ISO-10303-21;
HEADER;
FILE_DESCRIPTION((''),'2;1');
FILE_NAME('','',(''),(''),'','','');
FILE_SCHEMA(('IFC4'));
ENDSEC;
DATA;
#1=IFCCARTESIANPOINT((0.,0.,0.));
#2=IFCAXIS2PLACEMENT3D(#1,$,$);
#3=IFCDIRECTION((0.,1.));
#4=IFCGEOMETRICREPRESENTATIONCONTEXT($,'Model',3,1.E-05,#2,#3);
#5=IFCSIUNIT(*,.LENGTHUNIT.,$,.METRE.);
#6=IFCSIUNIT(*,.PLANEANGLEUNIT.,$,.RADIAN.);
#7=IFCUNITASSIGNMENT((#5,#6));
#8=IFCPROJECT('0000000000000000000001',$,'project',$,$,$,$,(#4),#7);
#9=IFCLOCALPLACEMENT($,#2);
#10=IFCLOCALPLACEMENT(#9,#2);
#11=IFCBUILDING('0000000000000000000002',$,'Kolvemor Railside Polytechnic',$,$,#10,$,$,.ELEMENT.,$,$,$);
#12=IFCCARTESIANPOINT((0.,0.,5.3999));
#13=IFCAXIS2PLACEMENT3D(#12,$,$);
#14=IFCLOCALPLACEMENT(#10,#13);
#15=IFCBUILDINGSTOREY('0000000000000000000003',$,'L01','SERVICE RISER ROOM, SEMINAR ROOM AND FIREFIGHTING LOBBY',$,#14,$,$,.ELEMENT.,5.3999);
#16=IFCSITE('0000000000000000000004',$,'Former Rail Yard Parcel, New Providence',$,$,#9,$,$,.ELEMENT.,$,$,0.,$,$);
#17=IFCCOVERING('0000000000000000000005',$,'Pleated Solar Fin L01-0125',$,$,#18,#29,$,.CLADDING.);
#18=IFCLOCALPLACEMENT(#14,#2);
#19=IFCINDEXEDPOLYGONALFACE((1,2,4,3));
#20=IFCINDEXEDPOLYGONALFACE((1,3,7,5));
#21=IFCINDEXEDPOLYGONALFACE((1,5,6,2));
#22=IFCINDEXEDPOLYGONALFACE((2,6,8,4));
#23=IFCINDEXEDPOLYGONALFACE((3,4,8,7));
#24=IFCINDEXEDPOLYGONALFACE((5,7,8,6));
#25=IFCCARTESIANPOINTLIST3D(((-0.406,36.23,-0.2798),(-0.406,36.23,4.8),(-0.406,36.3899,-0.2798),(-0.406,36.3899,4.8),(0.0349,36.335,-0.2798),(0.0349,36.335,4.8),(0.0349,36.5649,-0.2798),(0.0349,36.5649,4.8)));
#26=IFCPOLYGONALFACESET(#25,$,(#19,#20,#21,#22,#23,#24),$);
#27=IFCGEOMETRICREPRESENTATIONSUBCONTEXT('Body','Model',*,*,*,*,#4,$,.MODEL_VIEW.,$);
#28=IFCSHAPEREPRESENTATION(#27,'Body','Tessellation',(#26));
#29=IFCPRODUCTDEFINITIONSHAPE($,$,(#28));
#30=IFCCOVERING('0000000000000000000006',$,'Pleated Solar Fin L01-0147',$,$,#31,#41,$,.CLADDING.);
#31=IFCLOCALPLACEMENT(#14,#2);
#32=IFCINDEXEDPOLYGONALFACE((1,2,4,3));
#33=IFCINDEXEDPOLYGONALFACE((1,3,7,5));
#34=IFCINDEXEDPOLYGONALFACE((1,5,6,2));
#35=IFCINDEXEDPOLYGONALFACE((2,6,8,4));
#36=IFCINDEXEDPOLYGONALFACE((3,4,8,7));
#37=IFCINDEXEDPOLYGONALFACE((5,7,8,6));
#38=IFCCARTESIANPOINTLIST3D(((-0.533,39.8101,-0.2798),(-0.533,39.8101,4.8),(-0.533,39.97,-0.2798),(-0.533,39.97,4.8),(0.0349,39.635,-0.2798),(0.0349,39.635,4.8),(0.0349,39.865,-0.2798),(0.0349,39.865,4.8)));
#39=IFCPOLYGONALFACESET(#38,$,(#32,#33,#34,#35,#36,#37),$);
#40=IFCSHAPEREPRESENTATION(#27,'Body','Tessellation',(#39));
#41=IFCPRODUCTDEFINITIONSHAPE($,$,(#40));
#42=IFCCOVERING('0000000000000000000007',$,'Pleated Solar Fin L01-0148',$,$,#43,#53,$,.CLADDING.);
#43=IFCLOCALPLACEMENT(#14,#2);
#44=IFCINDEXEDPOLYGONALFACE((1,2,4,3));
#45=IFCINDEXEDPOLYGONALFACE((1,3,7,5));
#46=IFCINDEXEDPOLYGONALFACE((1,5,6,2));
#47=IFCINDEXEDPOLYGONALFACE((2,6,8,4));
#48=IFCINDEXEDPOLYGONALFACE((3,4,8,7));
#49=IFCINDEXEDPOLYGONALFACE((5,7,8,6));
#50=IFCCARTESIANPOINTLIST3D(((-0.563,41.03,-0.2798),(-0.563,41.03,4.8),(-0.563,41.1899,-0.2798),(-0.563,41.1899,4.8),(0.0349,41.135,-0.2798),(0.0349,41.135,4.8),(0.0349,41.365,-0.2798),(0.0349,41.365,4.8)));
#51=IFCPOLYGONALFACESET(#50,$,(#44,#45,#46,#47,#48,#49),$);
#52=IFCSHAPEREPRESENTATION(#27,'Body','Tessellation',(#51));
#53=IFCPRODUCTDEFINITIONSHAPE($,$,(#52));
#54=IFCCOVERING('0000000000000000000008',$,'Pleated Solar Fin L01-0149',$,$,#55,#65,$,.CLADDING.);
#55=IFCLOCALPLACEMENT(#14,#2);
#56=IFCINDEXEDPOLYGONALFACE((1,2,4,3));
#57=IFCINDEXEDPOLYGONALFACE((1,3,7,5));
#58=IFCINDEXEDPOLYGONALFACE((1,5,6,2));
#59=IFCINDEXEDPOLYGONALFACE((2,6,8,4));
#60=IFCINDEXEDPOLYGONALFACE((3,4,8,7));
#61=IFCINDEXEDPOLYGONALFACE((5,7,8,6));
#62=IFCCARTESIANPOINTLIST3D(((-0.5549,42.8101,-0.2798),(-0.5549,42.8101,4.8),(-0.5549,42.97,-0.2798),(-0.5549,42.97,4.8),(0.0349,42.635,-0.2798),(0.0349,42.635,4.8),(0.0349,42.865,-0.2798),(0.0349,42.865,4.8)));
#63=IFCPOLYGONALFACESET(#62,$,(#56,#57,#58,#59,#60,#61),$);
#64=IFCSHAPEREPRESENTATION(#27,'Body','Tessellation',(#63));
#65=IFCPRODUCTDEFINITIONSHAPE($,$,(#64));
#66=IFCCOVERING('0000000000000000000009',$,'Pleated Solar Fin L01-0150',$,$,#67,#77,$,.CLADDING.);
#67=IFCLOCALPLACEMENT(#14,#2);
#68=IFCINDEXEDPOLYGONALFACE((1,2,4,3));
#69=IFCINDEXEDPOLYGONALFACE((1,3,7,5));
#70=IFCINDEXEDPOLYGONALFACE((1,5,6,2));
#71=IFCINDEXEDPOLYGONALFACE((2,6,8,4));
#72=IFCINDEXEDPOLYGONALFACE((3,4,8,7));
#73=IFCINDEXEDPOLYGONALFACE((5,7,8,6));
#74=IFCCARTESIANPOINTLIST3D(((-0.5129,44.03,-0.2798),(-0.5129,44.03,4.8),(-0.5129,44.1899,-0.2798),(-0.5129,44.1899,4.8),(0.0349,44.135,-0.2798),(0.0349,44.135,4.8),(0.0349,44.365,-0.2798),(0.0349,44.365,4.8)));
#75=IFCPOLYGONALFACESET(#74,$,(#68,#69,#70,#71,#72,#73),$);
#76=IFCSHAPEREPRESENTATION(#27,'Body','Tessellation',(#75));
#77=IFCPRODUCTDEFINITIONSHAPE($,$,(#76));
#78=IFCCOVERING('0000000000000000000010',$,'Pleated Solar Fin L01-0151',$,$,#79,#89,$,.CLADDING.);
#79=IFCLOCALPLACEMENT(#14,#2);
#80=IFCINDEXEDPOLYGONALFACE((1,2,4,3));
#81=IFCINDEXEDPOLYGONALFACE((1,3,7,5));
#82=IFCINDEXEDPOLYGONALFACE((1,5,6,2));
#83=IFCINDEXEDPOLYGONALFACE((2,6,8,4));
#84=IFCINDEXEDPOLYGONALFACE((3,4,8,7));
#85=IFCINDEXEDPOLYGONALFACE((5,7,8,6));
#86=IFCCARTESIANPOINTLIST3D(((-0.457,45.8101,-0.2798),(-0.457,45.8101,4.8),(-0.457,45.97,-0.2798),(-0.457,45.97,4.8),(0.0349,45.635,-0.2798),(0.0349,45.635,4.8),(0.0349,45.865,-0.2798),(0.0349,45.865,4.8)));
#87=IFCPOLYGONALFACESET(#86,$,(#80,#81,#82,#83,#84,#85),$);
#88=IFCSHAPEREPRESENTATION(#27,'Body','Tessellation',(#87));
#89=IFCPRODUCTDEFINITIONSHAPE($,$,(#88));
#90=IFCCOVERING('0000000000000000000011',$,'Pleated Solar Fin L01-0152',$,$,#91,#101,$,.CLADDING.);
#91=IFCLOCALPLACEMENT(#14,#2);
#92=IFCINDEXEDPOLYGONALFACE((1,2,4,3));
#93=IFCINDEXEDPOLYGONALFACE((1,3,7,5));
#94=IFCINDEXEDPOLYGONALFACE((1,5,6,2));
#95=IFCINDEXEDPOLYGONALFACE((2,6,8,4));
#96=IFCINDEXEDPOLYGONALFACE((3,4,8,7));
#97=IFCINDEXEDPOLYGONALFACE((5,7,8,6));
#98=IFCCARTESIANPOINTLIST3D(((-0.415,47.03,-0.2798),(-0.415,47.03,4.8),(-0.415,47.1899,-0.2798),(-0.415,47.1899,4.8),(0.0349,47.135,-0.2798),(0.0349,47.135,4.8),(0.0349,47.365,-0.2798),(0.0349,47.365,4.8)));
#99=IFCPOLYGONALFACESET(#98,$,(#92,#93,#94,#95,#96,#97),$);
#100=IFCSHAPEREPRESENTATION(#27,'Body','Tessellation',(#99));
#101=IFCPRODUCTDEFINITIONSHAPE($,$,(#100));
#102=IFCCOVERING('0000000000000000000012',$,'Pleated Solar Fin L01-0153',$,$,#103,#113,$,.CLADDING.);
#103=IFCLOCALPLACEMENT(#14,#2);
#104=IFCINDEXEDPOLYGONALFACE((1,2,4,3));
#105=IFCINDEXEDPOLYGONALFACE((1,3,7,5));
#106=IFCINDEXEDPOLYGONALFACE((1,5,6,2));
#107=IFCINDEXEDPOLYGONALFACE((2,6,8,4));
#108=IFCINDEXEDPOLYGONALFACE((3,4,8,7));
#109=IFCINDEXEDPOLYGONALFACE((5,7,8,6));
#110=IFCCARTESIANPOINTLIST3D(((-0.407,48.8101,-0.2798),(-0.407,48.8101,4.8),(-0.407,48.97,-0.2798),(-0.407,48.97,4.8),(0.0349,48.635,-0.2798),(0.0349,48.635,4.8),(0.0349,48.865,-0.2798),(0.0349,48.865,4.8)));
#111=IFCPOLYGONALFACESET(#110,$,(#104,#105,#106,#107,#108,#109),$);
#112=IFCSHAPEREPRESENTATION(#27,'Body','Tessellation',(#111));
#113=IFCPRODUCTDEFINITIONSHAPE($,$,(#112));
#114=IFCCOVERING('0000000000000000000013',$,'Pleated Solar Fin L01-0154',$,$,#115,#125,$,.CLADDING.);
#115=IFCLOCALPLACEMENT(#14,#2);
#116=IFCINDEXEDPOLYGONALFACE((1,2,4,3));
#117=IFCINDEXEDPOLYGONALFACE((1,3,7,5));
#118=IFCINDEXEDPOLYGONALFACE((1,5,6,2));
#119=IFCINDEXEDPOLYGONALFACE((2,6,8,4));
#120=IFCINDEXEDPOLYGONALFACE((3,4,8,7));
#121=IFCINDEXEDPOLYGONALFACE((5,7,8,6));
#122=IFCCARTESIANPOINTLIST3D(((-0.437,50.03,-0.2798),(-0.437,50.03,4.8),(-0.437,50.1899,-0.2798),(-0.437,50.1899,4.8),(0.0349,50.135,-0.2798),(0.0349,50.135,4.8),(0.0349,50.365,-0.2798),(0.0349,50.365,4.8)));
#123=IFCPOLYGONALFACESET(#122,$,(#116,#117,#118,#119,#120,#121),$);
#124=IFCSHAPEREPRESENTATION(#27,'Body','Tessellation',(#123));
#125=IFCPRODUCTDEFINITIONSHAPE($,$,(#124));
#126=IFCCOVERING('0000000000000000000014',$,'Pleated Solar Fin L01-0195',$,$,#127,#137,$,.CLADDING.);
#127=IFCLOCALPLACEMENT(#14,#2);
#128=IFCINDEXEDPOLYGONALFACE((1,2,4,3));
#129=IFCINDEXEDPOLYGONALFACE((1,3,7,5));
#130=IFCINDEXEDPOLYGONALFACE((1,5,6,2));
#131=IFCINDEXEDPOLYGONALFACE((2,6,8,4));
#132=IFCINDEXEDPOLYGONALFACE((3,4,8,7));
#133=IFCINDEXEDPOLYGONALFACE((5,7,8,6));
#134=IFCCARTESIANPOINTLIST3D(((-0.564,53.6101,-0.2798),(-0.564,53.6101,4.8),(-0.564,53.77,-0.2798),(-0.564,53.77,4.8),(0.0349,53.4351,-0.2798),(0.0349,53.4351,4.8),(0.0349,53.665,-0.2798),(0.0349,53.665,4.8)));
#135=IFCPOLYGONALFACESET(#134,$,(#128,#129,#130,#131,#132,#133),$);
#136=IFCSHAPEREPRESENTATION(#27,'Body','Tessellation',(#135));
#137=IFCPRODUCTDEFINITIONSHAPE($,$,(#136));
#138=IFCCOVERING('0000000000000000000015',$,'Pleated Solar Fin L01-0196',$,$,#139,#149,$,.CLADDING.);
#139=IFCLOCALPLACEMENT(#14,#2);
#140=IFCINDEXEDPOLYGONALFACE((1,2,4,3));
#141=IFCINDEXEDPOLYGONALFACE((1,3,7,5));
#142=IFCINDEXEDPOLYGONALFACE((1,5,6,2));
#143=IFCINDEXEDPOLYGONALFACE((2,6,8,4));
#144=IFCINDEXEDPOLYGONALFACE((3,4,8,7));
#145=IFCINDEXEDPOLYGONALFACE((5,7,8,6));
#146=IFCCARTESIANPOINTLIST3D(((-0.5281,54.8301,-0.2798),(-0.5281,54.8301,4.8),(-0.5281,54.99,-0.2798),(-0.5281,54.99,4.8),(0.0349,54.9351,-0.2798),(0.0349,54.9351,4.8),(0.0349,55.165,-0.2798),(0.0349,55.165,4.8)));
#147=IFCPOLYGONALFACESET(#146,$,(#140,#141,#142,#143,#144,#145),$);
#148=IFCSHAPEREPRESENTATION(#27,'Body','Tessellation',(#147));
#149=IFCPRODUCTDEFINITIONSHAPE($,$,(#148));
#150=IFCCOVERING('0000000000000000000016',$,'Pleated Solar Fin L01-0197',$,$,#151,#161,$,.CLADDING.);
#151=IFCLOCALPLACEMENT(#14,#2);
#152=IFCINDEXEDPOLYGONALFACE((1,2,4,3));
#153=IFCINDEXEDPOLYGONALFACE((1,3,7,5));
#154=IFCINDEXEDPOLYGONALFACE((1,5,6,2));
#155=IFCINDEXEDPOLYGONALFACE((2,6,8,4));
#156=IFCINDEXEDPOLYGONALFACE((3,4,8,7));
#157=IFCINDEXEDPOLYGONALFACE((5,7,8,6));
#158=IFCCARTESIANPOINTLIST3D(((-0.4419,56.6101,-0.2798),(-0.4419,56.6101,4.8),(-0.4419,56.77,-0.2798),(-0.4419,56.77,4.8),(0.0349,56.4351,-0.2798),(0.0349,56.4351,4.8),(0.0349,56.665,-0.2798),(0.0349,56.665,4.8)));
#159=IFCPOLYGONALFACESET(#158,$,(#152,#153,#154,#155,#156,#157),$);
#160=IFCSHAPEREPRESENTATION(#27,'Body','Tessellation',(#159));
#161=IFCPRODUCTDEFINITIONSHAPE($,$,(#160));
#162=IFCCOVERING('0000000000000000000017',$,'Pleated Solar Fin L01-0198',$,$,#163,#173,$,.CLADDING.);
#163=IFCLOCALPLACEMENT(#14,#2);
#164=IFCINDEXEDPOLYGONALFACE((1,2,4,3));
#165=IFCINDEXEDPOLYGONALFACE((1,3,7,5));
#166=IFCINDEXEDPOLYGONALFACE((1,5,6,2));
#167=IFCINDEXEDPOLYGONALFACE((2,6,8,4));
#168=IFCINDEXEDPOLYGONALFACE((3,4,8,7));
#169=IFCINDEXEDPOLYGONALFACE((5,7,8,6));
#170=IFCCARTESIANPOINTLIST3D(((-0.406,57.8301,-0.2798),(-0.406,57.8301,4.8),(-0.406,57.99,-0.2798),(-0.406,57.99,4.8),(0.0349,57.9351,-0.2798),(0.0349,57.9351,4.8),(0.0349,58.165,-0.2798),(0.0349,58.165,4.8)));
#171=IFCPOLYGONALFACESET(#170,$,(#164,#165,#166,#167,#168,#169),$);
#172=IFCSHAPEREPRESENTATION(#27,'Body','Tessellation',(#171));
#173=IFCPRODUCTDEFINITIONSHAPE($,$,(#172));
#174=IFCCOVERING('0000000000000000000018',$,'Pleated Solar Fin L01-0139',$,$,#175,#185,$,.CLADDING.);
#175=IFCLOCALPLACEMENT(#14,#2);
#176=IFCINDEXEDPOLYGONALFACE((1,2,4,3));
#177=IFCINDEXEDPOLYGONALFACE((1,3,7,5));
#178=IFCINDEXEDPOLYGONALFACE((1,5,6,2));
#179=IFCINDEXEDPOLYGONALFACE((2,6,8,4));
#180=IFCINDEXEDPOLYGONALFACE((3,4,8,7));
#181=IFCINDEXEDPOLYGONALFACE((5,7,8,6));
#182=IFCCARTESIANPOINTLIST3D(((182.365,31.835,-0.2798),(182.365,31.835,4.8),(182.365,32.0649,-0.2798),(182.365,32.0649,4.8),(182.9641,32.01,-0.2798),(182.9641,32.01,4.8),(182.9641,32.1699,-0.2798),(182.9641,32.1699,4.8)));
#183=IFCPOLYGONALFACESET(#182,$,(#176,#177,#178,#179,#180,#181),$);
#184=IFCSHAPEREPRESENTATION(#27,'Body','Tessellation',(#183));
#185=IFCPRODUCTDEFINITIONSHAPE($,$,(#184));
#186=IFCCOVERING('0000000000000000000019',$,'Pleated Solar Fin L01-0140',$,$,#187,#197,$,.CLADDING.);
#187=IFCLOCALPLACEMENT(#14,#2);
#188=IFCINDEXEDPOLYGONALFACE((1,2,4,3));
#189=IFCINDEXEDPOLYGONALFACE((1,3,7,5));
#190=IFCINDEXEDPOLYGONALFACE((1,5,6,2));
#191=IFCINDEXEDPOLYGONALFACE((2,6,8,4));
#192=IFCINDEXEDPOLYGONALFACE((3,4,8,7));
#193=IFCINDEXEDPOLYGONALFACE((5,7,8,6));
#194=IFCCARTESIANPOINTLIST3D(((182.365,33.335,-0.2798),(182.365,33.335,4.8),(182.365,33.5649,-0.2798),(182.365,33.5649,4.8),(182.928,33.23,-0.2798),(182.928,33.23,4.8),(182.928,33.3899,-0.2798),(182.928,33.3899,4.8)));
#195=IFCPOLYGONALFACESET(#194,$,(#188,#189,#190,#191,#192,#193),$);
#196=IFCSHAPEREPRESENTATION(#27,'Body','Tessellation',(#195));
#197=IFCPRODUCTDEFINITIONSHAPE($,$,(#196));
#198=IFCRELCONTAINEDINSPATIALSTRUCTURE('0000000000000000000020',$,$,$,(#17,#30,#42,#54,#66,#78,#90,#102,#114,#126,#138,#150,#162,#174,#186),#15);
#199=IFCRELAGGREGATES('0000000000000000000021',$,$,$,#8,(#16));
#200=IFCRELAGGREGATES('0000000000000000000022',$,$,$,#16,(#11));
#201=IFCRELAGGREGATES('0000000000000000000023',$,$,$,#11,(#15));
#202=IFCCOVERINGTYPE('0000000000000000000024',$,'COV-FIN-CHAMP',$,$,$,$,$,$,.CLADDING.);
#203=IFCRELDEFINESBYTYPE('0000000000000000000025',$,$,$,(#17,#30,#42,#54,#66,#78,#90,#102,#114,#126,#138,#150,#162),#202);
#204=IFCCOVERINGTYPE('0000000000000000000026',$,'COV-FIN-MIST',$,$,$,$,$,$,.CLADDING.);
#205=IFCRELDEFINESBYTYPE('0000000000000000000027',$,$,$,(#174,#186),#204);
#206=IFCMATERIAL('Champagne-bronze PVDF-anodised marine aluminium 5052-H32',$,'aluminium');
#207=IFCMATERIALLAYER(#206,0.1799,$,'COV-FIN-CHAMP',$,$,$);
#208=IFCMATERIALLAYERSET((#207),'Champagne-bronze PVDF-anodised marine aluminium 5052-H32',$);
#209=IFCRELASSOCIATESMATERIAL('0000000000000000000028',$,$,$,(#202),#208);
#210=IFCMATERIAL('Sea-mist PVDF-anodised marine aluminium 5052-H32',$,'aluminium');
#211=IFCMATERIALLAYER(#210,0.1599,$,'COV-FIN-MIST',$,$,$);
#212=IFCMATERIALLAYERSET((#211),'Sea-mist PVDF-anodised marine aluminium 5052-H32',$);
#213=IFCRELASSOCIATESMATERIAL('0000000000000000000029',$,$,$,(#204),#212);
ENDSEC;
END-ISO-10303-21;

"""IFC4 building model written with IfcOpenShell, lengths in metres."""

from ifc_helpers import new_model, si_unit, direction, frame, origin, place, context, subcontext, project, spatial, polyline, outline, extrude, material, layer, layer_set, type_object, element, save


model = new_model("IFC4")

# Units and contexts
model_context = context("Model", 3, precision=1e-05, world=origin(), true_north=direction((0.0, 1.0)))
body_context = subcontext(model_context, "Body", "Model", "MODEL_VIEW")
ifc_project = project(units=[si_unit("LENGTHUNIT", "METRE"), si_unit("PLANEANGLEUNIT", "RADIAN")], contexts=[model_context])

# Site, building, storey
site_placement = place(None, origin())
site = spatial("IfcSite", under=ifc_project, at=site_placement, Name="Former Rail Yard Parcel, New Providence", CompositionType="ELEMENT", RefElevation=0.0)
building_placement = place(site_placement, origin())
building = spatial("IfcBuilding", under=site, at=building_placement, Name="Kolvemor Railside Polytechnic", CompositionType="ELEMENT")
storey_placement = place(building_placement, frame((0.0, 0.0, 5.3999)))
storey = spatial("IfcBuildingStorey", under=building, at=storey_placement, Name="L01", Description="SERVICE RISER ROOM, SEMINAR ROOM AND FIREFIGHTING LOBBY", CompositionType="ELEMENT", Elevation=5.3999)

# Coverings
ifc_material_1 = material(Name="Champagne-bronze PVDF-anodised marine aluminium 5052-H32", Category="aluminium")
ifc_layer_1 = layer(ifc_material_1, 0.1799, Name="COV-FIN-CHAMP")
ifc_layer_set_1 = layer_set([ifc_layer_1], Name="Champagne-bronze PVDF-anodised marine aluminium 5052-H32")
covering_type_1 = type_object("IfcCoveringType", Name="COV-FIN-CHAMP", PredefinedType="CLADDING", material=ifc_layer_set_1)
covering_1_placement = place(storey_placement, frame((0.0, 0.0, -0.2798)))
element("IfcCovering", 1, at=covering_1_placement, inside=storey, type_object=covering_type_1, Name="Pleated Solar Fin L01-0125", PredefinedType="CLADDING", context=body_context, shape_type="SweptSolid", body=[
    extrude(outline(polyline([(0.0349, 36.335), (0.0349, 36.5649), (-0.406, 36.3899), (-0.406, 36.23), (0.0349, 36.335)])), origin(), (0.0, 0.0, 1.0), 5.0798),
])
covering_2_placement = place(storey_placement, frame((0.0, 0.0, -0.2798)))
element("IfcCovering", 2, at=covering_2_placement, inside=storey, type_object=covering_type_1, Name="Pleated Solar Fin L01-0147", PredefinedType="CLADDING", context=body_context, shape_type="SweptSolid", body=[
    extrude(outline(polyline([(0.0349, 39.635), (0.0349, 39.865), (-0.533, 39.97), (-0.533, 39.8101), (0.0349, 39.635)])), origin(), (0.0, 0.0, 1.0), 5.0798),
])
covering_3_placement = place(storey_placement, frame((0.0, 0.0, -0.2798)))
element("IfcCovering", 3, at=covering_3_placement, inside=storey, type_object=covering_type_1, Name="Pleated Solar Fin L01-0148", PredefinedType="CLADDING", context=body_context, shape_type="SweptSolid", body=[
    extrude(outline(polyline([(0.0349, 41.135), (0.0349, 41.365), (-0.563, 41.1899), (-0.563, 41.03), (0.0349, 41.135)])), origin(), (0.0, 0.0, 1.0), 5.0798),
])
covering_4_placement = place(storey_placement, frame((0.0, 0.0, -0.2798)))
element("IfcCovering", 4, at=covering_4_placement, inside=storey, type_object=covering_type_1, Name="Pleated Solar Fin L01-0149", PredefinedType="CLADDING", context=body_context, shape_type="SweptSolid", body=[
    extrude(outline(polyline([(0.0349, 42.635), (0.0349, 42.865), (-0.5549, 42.97), (-0.5549, 42.8101), (0.0349, 42.635)])), origin(), (0.0, 0.0, 1.0), 5.0798),
])
covering_5_placement = place(storey_placement, frame((0.0, 0.0, -0.2798)))
element("IfcCovering", 5, at=covering_5_placement, inside=storey, type_object=covering_type_1, Name="Pleated Solar Fin L01-0150", PredefinedType="CLADDING", context=body_context, shape_type="SweptSolid", body=[
    extrude(outline(polyline([(0.0349, 44.135), (0.0349, 44.365), (-0.5129, 44.1899), (-0.5129, 44.03), (0.0349, 44.135)])), origin(), (0.0, 0.0, 1.0), 5.0798),
])
covering_6_placement = place(storey_placement, frame((0.0, 0.0, -0.2798)))
element("IfcCovering", 6, at=covering_6_placement, inside=storey, type_object=covering_type_1, Name="Pleated Solar Fin L01-0151", PredefinedType="CLADDING", context=body_context, shape_type="SweptSolid", body=[
    extrude(outline(polyline([(0.0349, 45.635), (0.0349, 45.865), (-0.457, 45.97), (-0.457, 45.8101), (0.0349, 45.635)])), origin(), (0.0, 0.0, 1.0), 5.0798),
])
covering_7_placement = place(storey_placement, frame((0.0, 0.0, -0.2798)))
element("IfcCovering", 7, at=covering_7_placement, inside=storey, type_object=covering_type_1, Name="Pleated Solar Fin L01-0152", PredefinedType="CLADDING", context=body_context, shape_type="SweptSolid", body=[
    extrude(outline(polyline([(0.0349, 47.135), (0.0349, 47.365), (-0.415, 47.1899), (-0.415, 47.03), (0.0349, 47.135)])), origin(), (0.0, 0.0, 1.0), 5.0798),
])
covering_8_placement = place(storey_placement, frame((0.0, 0.0, -0.2798)))
element("IfcCovering", 8, at=covering_8_placement, inside=storey, type_object=covering_type_1, Name="Pleated Solar Fin L01-0153", PredefinedType="CLADDING", context=body_context, shape_type="SweptSolid", body=[
    extrude(outline(polyline([(0.0349, 48.635), (0.0349, 48.865), (-0.407, 48.97), (-0.407, 48.8101), (0.0349, 48.635)])), origin(), (0.0, 0.0, 1.0), 5.0798),
])
covering_9_placement = place(storey_placement, frame((0.0, 0.0, -0.2798)))
element("IfcCovering", 9, at=covering_9_placement, inside=storey, type_object=covering_type_1, Name="Pleated Solar Fin L01-0154", PredefinedType="CLADDING", context=body_context, shape_type="SweptSolid", body=[
    extrude(outline(polyline([(0.0349, 50.135), (0.0349, 50.365), (-0.437, 50.1899), (-0.437, 50.03), (0.0349, 50.135)])), origin(), (0.0, 0.0, 1.0), 5.0798),
])
covering_10_placement = place(storey_placement, frame((0.0, 0.0, -0.2798)))
element("IfcCovering", 10, at=covering_10_placement, inside=storey, type_object=covering_type_1, Name="Pleated Solar Fin L01-0195", PredefinedType="CLADDING", context=body_context, shape_type="SweptSolid", body=[
    extrude(outline(polyline([(0.0349, 53.4351), (0.0349, 53.665), (-0.564, 53.77), (-0.564, 53.6101), (0.0349, 53.4351)])), origin(), (0.0, 0.0, 1.0), 5.0798),
])
covering_11_placement = place(storey_placement, frame((0.0, 0.0, -0.2798)))
element("IfcCovering", 11, at=covering_11_placement, inside=storey, type_object=covering_type_1, Name="Pleated Solar Fin L01-0196", PredefinedType="CLADDING", context=body_context, shape_type="SweptSolid", body=[
    extrude(outline(polyline([(0.0349, 54.9351), (0.0349, 55.165), (-0.5281, 54.99), (-0.5281, 54.8301), (0.0349, 54.9351)])), origin(), (0.0, 0.0, 1.0), 5.0798),
])
covering_12_placement = place(storey_placement, frame((0.0, 0.0, -0.2798)))
element("IfcCovering", 12, at=covering_12_placement, inside=storey, type_object=covering_type_1, Name="Pleated Solar Fin L01-0197", PredefinedType="CLADDING", context=body_context, shape_type="SweptSolid", body=[
    extrude(outline(polyline([(0.0349, 56.4351), (0.0349, 56.665), (-0.4419, 56.77), (-0.4419, 56.6101), (0.0349, 56.4351)])), origin(), (0.0, 0.0, 1.0), 5.0798),
])
covering_13_placement = place(storey_placement, frame((0.0, 0.0, -0.2798)))
element("IfcCovering", 13, at=covering_13_placement, inside=storey, type_object=covering_type_1, Name="Pleated Solar Fin L01-0198", PredefinedType="CLADDING", context=body_context, shape_type="SweptSolid", body=[
    extrude(outline(polyline([(0.0349, 57.9351), (0.0349, 58.165), (-0.406, 57.99), (-0.406, 57.8301), (0.0349, 57.9351)])), origin(), (0.0, 0.0, 1.0), 5.0798),
])
ifc_material_2 = material(Name="Sea-mist PVDF-anodised marine aluminium 5052-H32", Category="aluminium")
ifc_layer_2 = layer(ifc_material_2, 0.1599, Name="COV-FIN-MIST")
ifc_layer_set_2 = layer_set([ifc_layer_2], Name="Sea-mist PVDF-anodised marine aluminium 5052-H32")
covering_type_2 = type_object("IfcCoveringType", Name="COV-FIN-MIST", PredefinedType="CLADDING", material=ifc_layer_set_2)
covering_14_placement = place(storey_placement, frame((0.0, 0.0, -0.2798)))
element("IfcCovering", 14, at=covering_14_placement, inside=storey, type_object=covering_type_2, Name="Pleated Solar Fin L01-0139", PredefinedType="CLADDING", context=body_context, shape_type="SweptSolid", body=[
    extrude(outline(polyline([(182.365, 31.835), (182.365, 32.0649), (182.9641, 32.1699), (182.9641, 32.01), (182.365, 31.835)])), origin(), (0.0, 0.0, 1.0), 5.0798),
])
covering_15_placement = place(storey_placement, frame((0.0, 0.0, -0.2798)))
element("IfcCovering", 15, at=covering_15_placement, inside=storey, type_object=covering_type_2, Name="Pleated Solar Fin L01-0140", PredefinedType="CLADDING", context=body_context, shape_type="SweptSolid", body=[
    extrude(outline(polyline([(182.365, 33.335), (182.365, 33.5649), (182.928, 33.3899), (182.928, 33.23), (182.365, 33.335)])), origin(), (0.0, 0.0, 1.0), 5.0798),
])

save(model, "model.ifc")
